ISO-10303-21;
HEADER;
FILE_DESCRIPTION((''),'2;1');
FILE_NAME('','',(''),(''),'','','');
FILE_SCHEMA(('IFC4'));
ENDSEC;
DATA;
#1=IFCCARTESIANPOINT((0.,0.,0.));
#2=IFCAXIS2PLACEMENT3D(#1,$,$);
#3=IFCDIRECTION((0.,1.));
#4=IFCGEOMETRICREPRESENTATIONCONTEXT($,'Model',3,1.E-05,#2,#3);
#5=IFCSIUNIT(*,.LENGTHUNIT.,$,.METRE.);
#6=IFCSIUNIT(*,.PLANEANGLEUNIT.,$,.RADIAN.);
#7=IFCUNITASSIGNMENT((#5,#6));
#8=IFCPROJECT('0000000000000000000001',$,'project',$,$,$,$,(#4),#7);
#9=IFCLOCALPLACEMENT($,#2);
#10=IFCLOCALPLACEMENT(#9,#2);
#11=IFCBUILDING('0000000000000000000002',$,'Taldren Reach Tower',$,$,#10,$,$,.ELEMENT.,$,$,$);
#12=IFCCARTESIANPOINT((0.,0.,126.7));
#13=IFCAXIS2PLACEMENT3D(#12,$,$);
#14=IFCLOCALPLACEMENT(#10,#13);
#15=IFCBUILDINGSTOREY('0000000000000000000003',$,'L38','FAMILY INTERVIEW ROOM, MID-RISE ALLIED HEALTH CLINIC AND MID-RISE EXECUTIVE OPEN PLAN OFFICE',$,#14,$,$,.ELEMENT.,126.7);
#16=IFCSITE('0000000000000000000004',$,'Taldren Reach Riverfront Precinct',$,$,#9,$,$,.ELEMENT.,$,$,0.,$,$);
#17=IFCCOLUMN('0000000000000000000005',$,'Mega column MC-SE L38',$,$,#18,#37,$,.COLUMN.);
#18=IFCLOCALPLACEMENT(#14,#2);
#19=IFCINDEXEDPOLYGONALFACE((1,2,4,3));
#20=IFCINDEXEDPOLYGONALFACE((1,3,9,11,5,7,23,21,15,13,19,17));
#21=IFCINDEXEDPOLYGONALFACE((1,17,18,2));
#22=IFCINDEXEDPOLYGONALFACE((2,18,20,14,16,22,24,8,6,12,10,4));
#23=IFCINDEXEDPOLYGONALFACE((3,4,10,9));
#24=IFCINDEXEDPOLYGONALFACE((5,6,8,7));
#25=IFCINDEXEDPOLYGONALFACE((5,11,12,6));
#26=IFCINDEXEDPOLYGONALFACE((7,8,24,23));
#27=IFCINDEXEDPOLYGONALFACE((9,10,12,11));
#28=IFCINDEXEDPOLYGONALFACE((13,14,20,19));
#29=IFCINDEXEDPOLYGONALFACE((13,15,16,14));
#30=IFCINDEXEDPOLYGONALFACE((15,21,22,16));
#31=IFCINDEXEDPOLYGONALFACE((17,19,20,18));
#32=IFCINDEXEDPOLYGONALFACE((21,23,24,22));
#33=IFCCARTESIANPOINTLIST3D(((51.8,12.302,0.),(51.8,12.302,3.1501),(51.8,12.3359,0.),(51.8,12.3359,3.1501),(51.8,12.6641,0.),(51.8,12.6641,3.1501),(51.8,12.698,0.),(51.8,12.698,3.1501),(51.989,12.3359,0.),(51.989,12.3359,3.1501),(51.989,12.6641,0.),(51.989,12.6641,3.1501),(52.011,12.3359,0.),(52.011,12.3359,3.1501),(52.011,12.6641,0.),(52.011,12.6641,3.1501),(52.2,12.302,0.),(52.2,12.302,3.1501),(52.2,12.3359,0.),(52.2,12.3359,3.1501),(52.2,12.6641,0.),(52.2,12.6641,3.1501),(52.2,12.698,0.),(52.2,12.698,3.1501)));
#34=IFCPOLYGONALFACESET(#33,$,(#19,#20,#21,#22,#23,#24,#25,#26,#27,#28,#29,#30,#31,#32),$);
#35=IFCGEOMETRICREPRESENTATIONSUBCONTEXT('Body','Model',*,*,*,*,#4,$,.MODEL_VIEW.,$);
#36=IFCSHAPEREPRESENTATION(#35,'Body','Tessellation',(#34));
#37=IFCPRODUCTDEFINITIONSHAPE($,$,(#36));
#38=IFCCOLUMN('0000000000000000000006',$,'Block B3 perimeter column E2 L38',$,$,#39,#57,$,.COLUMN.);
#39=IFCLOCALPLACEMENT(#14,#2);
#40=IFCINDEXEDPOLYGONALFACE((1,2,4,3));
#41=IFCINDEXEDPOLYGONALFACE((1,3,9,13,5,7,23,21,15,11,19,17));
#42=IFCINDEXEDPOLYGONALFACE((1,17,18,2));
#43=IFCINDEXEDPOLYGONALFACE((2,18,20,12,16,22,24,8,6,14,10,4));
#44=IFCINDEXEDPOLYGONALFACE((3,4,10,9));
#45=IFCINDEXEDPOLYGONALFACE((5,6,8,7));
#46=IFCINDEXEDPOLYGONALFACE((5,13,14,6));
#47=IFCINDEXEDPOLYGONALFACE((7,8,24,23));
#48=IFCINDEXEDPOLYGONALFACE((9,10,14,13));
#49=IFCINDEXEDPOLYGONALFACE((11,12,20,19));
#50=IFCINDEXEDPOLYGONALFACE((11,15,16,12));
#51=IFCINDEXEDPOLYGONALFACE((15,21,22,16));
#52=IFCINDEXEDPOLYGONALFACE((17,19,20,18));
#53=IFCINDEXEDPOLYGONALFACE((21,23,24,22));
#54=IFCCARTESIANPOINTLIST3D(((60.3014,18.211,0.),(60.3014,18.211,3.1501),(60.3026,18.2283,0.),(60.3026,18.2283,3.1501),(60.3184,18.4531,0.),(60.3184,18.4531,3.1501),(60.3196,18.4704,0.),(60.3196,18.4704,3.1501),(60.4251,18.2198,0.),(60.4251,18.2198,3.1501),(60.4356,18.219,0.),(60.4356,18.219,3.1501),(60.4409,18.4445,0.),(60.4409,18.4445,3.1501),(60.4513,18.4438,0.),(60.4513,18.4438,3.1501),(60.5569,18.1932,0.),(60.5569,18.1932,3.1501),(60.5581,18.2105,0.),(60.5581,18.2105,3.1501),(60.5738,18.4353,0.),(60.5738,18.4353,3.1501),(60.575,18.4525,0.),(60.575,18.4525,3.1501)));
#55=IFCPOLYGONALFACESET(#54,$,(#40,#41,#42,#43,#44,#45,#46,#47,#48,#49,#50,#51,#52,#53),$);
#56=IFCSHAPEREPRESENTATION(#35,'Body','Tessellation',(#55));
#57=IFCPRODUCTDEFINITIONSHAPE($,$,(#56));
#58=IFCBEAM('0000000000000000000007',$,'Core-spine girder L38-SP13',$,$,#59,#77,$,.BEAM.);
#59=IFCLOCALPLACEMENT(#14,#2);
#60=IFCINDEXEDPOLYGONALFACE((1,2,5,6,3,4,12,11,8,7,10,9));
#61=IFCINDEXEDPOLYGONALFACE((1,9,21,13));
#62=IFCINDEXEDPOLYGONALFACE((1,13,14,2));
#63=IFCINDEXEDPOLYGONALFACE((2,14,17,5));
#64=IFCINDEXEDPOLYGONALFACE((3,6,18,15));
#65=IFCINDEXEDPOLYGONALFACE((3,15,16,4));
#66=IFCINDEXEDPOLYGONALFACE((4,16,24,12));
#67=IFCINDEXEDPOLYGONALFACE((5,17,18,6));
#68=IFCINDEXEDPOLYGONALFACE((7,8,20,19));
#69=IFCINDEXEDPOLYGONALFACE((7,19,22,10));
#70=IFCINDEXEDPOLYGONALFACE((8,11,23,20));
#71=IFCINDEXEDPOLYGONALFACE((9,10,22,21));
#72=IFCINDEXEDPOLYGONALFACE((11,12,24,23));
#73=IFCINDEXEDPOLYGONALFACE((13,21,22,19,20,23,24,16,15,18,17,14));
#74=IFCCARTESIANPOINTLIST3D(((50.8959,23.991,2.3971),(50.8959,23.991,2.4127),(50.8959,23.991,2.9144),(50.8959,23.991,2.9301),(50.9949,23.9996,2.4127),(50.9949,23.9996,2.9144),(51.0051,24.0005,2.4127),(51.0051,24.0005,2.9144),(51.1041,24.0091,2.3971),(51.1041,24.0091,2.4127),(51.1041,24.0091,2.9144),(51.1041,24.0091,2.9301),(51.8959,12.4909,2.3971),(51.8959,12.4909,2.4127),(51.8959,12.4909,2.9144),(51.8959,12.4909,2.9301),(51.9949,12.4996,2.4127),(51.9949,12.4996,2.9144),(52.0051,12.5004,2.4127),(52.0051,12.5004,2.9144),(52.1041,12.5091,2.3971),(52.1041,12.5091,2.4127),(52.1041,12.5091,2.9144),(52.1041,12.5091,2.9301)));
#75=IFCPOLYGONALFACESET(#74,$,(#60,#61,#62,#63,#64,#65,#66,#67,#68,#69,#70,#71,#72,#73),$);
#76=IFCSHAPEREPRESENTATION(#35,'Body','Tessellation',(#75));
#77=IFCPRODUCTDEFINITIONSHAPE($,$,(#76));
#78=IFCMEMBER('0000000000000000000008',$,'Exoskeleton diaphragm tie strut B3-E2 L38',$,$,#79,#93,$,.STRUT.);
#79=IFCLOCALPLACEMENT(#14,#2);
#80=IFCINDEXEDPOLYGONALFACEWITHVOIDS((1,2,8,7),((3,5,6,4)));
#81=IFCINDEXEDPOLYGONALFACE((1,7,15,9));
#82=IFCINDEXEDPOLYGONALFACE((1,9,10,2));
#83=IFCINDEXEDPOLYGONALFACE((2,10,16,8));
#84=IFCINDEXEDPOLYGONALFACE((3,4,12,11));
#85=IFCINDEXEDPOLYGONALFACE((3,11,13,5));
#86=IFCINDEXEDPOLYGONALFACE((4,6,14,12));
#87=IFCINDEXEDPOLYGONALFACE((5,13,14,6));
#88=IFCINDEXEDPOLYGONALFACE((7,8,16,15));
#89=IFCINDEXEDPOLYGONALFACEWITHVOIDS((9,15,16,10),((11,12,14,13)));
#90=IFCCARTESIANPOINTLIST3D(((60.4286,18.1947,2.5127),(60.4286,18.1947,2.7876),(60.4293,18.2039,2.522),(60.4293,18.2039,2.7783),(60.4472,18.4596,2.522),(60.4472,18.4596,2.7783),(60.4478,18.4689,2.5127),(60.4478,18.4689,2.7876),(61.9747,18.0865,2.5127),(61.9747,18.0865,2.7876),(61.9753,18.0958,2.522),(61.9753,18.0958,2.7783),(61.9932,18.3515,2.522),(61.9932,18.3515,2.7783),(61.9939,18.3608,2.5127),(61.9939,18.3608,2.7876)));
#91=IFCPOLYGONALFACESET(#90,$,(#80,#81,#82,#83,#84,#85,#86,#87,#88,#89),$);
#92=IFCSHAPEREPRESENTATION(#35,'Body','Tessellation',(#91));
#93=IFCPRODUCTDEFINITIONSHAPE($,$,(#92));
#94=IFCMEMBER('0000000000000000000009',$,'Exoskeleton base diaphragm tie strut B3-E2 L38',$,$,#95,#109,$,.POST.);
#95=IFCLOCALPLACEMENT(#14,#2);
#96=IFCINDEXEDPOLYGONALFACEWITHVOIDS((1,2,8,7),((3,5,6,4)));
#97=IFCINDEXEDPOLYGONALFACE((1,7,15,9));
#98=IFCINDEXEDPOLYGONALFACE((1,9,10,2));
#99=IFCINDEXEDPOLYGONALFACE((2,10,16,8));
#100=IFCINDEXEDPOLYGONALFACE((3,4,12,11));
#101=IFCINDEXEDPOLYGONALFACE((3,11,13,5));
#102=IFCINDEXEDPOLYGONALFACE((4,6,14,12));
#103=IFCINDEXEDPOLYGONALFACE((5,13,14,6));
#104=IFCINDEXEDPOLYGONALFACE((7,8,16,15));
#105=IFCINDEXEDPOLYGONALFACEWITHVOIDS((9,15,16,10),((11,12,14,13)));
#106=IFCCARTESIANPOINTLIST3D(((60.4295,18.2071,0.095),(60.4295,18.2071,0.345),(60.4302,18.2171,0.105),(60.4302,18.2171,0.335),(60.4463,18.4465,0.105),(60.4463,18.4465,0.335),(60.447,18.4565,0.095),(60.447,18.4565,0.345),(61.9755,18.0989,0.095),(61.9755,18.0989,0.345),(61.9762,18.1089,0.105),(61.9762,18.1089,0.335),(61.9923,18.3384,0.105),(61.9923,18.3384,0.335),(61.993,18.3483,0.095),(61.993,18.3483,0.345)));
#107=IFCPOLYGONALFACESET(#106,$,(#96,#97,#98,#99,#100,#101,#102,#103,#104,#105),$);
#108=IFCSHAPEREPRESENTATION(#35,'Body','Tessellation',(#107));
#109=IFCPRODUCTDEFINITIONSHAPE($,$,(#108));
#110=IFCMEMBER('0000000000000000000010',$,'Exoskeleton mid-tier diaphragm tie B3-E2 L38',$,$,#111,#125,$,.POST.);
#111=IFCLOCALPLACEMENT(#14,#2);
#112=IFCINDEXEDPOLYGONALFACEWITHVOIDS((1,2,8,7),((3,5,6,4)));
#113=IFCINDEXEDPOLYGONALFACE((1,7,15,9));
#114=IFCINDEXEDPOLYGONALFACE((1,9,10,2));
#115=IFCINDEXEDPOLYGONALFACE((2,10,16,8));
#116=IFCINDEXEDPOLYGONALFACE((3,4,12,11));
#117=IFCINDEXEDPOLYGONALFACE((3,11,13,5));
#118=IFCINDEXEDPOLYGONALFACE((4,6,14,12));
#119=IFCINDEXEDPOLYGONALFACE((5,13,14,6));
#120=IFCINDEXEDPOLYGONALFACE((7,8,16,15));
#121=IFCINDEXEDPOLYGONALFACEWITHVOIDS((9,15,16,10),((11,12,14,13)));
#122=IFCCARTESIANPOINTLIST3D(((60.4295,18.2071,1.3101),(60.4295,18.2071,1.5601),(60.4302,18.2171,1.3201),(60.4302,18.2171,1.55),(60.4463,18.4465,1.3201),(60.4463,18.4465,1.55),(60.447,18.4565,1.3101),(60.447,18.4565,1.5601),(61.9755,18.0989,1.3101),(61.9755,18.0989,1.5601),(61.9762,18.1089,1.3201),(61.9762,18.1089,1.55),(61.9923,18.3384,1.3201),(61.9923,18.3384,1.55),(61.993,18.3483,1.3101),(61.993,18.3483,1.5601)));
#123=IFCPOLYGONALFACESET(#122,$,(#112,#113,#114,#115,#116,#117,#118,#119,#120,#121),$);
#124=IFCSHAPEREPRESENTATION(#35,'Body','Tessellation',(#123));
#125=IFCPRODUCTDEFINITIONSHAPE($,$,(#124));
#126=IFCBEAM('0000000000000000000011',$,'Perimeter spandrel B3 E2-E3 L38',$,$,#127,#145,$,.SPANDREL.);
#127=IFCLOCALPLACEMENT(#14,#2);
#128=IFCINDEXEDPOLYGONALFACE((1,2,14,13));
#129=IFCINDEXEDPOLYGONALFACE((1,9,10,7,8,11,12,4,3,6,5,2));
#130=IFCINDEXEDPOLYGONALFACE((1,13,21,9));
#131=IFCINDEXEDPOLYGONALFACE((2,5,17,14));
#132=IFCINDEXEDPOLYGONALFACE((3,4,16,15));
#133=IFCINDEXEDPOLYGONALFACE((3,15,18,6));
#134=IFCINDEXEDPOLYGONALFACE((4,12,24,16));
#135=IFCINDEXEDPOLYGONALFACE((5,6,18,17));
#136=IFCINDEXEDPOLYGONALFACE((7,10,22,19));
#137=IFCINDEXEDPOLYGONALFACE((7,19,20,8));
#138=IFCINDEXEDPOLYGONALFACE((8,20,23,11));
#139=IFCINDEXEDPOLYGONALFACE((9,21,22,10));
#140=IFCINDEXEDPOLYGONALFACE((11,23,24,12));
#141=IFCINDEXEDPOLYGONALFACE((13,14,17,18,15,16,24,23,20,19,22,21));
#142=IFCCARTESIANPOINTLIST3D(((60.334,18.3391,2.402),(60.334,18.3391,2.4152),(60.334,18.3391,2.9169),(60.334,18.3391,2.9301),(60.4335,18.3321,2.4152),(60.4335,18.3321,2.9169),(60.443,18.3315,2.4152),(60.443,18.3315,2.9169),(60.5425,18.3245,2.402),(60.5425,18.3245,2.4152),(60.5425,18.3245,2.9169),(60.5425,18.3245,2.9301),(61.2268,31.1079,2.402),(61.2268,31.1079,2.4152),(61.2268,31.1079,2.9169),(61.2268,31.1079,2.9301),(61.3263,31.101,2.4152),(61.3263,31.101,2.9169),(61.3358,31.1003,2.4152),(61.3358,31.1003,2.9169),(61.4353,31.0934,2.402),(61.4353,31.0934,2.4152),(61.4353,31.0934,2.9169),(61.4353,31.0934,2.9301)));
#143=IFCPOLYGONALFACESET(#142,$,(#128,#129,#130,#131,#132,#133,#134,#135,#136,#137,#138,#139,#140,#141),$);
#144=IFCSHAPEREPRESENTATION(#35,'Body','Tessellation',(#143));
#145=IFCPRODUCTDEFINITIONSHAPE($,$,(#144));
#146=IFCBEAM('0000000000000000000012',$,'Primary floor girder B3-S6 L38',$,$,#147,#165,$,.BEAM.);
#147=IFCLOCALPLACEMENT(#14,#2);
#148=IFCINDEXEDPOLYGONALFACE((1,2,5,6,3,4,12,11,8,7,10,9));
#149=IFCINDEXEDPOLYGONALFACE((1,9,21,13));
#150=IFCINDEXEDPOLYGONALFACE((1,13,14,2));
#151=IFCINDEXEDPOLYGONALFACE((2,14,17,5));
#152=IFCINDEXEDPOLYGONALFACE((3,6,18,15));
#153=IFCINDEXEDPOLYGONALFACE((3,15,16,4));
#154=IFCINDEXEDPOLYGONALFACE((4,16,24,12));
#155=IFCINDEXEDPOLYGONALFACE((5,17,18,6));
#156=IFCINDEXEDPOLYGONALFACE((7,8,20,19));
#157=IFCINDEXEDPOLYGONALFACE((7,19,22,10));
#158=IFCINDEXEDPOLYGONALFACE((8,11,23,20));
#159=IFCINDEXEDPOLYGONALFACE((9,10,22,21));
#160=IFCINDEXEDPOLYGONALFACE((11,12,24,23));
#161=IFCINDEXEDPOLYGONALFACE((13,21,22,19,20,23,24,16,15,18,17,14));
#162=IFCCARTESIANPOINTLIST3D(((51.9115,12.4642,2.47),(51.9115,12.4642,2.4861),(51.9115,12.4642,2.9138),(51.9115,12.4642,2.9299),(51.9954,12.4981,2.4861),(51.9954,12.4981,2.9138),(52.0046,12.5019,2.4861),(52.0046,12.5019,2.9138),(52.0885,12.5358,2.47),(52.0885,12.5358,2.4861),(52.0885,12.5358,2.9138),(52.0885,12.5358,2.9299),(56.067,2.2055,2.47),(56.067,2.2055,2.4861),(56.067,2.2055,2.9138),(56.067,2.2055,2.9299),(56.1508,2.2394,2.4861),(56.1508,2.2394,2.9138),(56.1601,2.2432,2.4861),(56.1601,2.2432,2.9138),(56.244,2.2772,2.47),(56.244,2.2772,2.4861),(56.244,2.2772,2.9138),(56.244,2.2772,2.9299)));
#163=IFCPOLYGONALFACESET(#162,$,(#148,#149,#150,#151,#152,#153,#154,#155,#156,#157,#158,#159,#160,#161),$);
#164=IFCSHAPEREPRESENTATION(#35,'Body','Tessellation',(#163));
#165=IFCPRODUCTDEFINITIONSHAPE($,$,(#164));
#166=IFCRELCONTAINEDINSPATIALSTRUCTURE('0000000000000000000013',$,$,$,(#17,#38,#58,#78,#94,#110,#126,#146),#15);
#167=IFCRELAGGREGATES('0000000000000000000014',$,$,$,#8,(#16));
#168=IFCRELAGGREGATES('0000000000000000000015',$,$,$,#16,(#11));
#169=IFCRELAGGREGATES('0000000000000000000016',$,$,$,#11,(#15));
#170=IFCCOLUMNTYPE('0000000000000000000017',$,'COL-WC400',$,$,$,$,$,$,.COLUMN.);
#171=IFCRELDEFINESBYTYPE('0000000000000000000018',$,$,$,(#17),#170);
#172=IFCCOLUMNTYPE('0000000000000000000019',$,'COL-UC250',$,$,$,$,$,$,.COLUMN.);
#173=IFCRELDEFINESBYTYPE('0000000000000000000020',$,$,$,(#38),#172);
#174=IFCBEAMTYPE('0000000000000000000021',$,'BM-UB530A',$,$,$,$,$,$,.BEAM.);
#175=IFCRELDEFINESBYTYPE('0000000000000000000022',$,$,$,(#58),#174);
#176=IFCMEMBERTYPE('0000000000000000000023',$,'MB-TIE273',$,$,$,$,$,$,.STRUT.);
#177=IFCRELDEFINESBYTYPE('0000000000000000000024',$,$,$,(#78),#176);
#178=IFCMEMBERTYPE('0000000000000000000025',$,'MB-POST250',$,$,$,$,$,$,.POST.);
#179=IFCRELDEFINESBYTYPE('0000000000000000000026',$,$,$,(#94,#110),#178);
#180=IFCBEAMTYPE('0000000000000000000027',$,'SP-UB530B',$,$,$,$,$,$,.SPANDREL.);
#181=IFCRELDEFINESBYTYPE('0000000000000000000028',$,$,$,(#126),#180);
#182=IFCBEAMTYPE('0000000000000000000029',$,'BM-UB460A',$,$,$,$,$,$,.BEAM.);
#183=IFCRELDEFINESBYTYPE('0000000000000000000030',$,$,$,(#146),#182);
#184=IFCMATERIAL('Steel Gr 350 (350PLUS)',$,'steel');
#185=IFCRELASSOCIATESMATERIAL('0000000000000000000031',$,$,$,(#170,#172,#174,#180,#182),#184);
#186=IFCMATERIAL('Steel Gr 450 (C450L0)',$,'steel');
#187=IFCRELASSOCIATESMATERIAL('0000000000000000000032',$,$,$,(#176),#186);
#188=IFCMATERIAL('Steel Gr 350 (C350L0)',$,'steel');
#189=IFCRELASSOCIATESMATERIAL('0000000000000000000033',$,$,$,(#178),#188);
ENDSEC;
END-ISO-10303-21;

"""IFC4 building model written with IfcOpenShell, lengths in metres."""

from ifc_helpers import new_model, si_unit, direction, frame, origin, origin_2d, place, context, subcontext, project, spatial, hollow_rectangle, i_section, extrude, source, transform, mapped, material, material_profile, profile_set, type_object, element, save


model = new_model("IFC4")

# Units and contexts
model_context = context("Model", 3, precision=1e-05, world=origin(), true_north=direction((0.0, 1.0)))
body_context = subcontext(model_context, "Body", "Model", "MODEL_VIEW")
ifc_project = project(units=[si_unit("LENGTHUNIT", "METRE"), si_unit("PLANEANGLEUNIT", "RADIAN")], contexts=[model_context])

# Site, building, storey
site_placement = place(None, origin())
site = spatial("IfcSite", under=ifc_project, at=site_placement, Name="Taldren Reach Riverfront Precinct", CompositionType="ELEMENT", RefElevation=0.0)
building_placement = place(site_placement, origin())
building = spatial("IfcBuilding", under=site, at=building_placement, Name="Taldren Reach Tower", CompositionType="ELEMENT")
storey_placement = place(building_placement, frame((0.0, 0.0, 126.7)))
storey = spatial("IfcBuildingStorey", under=building, at=storey_placement, Name="L38", Description="FAMILY INTERVIEW ROOM, MID-RISE ALLIED HEALTH CLINIC AND MID-RISE EXECUTIVE OPEN PLAN OFFICE", CompositionType="ELEMENT", Elevation=126.7)

# Columns
ifc_material_1 = material(Name="Steel Gr 350 (350PLUS)", Category="steel")
ifc_material_profile_1 = material_profile(ifc_material_1, i_section(OverallWidth=0.3999, OverallDepth=0.396, WebThickness=0.022, FlangeThickness=0.0339, at=origin_2d()), Name="400WC270")
ifc_profile_set_1 = profile_set([ifc_material_profile_1], Name="Steel Gr 350 (350PLUS)")
column_type_1 = type_object("IfcColumnType", Name="COL-WC400", PredefinedType="COLUMN", material=ifc_profile_set_1)
shared_shape_1 = source(origin(), body_context, "Body", "SweptSolid", [
    extrude(i_section(OverallWidth=0.3999, OverallDepth=0.396, WebThickness=0.022, FlangeThickness=0.0339, at=origin_2d()), origin(), (0.0, 0.0, 1.0), 3.1501),
])
column_1_placement = place(storey_placement, frame((52.0, 12.5, 0.0), z_axis=(0.0, 0.0, 1.0), x_axis=(1.0, 0.0, 0.0)))
element("IfcColumn", 1, at=column_1_placement, inside=storey, type_object=column_type_1, Name="Mega column MC-SE L38", PredefinedType="COLUMN", context=body_context, shape_type="MappedRepresentation", body=[
    mapped(shared_shape_1, transform((0.0, 0.0, 0.0), scale=1.0)),
])
ifc_material_profile_2 = material_profile(ifc_material_1, i_section(OverallWidth=0.2561, OverallDepth=0.26, WebThickness=0.0105, FlangeThickness=0.0173, at=origin_2d()), Name="250UC89.5")
ifc_profile_set_2 = profile_set([ifc_material_profile_2], Name="Steel Gr 350 (350PLUS)")
column_type_2 = type_object("IfcColumnType", Name="COL-UC250", PredefinedType="COLUMN", material=ifc_profile_set_2)
shared_shape_2 = source(origin(), body_context, "Body", "SweptSolid", [
    extrude(i_section(OverallWidth=0.2561, OverallDepth=0.26, WebThickness=0.0105, FlangeThickness=0.0173, at=origin_2d()), origin(), (0.0, 0.0, 1.0), 3.1501),
])
column_2_placement = place(storey_placement, frame((60.4382, 18.3318, 0.0), z_axis=(0.0, 0.0, 1.0), x_axis=(0.997564, -0.069756, 0.0)))
element("IfcColumn", 2, at=column_2_placement, inside=storey, type_object=column_type_2, Name="Block B3 perimeter column E2 L38", PredefinedType="COLUMN", context=body_context, shape_type="MappedRepresentation", body=[
    mapped(shared_shape_2, transform((0.0, 0.0, 0.0), scale=1.0)),
])

# Beam
ifc_material_profile_3 = material_profile(ifc_material_1, i_section(OverallWidth=0.209, OverallDepth=0.533, WebThickness=0.0103, FlangeThickness=0.0156, at=origin_2d()), Name="530UB92.4")
ifc_profile_set_3 = profile_set([ifc_material_profile_3], Name="Steel Gr 350 (350PLUS)")
beam_type_1 = type_object("IfcBeamType", Name="BM-UB530A", PredefinedType="BEAM", material=ifc_profile_set_3)
shared_shape_3 = source(origin(), body_context, "Body", "SweptSolid", [
    extrude(i_section(OverallWidth=0.209, OverallDepth=0.533, WebThickness=0.0103, FlangeThickness=0.0156, at=origin_2d()), origin(), (0.0, 0.0, 1.0), 11.5435),
])
beam_1_placement = place(storey_placement, frame((52.0, 12.5, 2.6636), z_axis=(-0.08663, 0.996241, 0.0), x_axis=(-0.996241, -0.08663, 0.0)))
element("IfcBeam", 3, at=beam_1_placement, inside=storey, type_object=beam_type_1, Name="Core-spine girder L38-SP13", PredefinedType="BEAM", context=body_context, shape_type="MappedRepresentation", body=[
    mapped(shared_shape_3, transform((0.0, 0.0, 0.0), scale=1.0)),
])

# Members
ifc_material_2 = material(Name="Steel Gr 450 (C450L0)", Category="steel")
ifc_material_profile_4 = material_profile(ifc_material_2, hollow_rectangle(XDim=0.2749, YDim=0.2749, WallThickness=0.0093, at=origin_2d()), Name="275x275x9.3SHS")
ifc_profile_set_4 = profile_set([ifc_material_profile_4], Name="Steel Gr 450 (C450L0)")
member_type_1 = type_object("IfcMemberType", Name="MB-TIE273", PredefinedType="STRUT", material=ifc_profile_set_4)
shared_shape_4 = source(origin(), body_context, "Body", "SweptSolid", [
    extrude(hollow_rectangle(XDim=0.2749, YDim=0.2749, WallThickness=0.0093, at=origin_2d()), origin(), (0.0, 0.0, 1.0), 1.5498),
])
member_1_placement = place(storey_placement, frame((60.4382, 18.3318, 2.6501), z_axis=(0.997562, -0.069781, 0.0), x_axis=(0.069781, 0.997562, 0.0)))
element("IfcMember", 4, at=member_1_placement, inside=storey, type_object=member_type_1, Name="Exoskeleton diaphragm tie strut B3-E2 L38", PredefinedType="STRUT", context=body_context, shape_type="MappedRepresentation", body=[
    mapped(shared_shape_4, transform((0.0, 0.0, 0.0), scale=1.0)),
])
ifc_material_3 = material(Name="Steel Gr 350 (C350L0)", Category="steel")
ifc_material_profile_5 = material_profile(ifc_material_3, hollow_rectangle(XDim=0.25, YDim=0.25, WallThickness=0.01, at=origin_2d()), Name="250x250x10.0SHS")
ifc_profile_set_5 = profile_set([ifc_material_profile_5], Name="Steel Gr 350 (C350L0)")
member_type_2 = type_object("IfcMemberType", Name="MB-POST250", PredefinedType="POST", material=ifc_profile_set_5)
shared_shape_5 = source(origin(), body_context, "Body", "SweptSolid", [
    extrude(hollow_rectangle(XDim=0.25, YDim=0.25, WallThickness=0.01, at=origin_2d()), origin(), (0.0, 0.0, 1.0), 1.5498),
])
for number, where, z_axis, x_axis, name in (
    (5, (60.4382, 18.3318, 0.22), (0.997562, -0.069781, 0.0), (0.069781, 0.997562, 0.0), "Exoskeleton base diaphragm tie strut B3-E2 L38"),
    (6, (60.4382, 18.3318, 1.4351), (0.997562, -0.069781, 0.0), (0.069781, 0.997562, 0.0), "Exoskeleton mid-tier diaphragm tie B3-E2 L38"),
):
    element("IfcMember", number, at=place(storey_placement, frame(where, z_axis=z_axis, x_axis=x_axis)), inside=storey, type_object=member_type_2, Name=name, PredefinedType="POST", context=body_context, shape_type="MappedRepresentation", body=[
        mapped(shared_shape_5, transform((0.0, 0.0, 0.0), scale=1.0)),
    ])

# Beams
ifc_material_profile_6 = material_profile(ifc_material_1, i_section(OverallWidth=0.209, OverallDepth=0.5281, WebThickness=0.0095, FlangeThickness=0.0132, at=origin_2d()), Name="530UB82.0")
ifc_profile_set_6 = profile_set([ifc_material_profile_6], Name="Steel Gr 350 (350PLUS)")
beam_type_2 = type_object("IfcBeamType", Name="SP-UB530B", PredefinedType="SPANDREL", material=ifc_profile_set_6)
shared_shape_6 = source(origin(), body_context, "Body", "SweptSolid", [
    extrude(i_section(OverallWidth=0.209, OverallDepth=0.5281, WebThickness=0.0095, FlangeThickness=0.0132, at=origin_2d()), origin(), (0.0, 0.0, 1.0), 12.8),
])
beam_2_placement = place(storey_placement, frame((60.4382, 18.3318, 2.666), z_axis=(0.069752, 0.997564, 0.0), x_axis=(-0.997564, 0.069752, 0.0)))
element("IfcBeam", 7, at=beam_2_placement, inside=storey, type_object=beam_type_2, Name="Perimeter spandrel B3 E2-E3 L38", PredefinedType="SPANDREL", context=body_context, shape_type="MappedRepresentation", body=[
    mapped(shared_shape_6, transform((0.0, 0.0, 0.0), scale=1.0)),
])
ifc_material_profile_7 = material_profile(ifc_material_1, i_section(OverallWidth=0.1909, OverallDepth=0.46, WebThickness=0.01, FlangeThickness=0.0161, at=origin_2d()), Name="460UB82.1")
ifc_profile_set_7 = profile_set([ifc_material_profile_7], Name="Steel Gr 350 (350PLUS)")
beam_type_3 = type_object("IfcBeamType", Name="BM-UB460A", PredefinedType="BEAM", material=ifc_profile_set_7)
shared_shape_7 = source(origin(), body_context, "Body", "SweptSolid", [
    extrude(i_section(OverallWidth=0.1909, OverallDepth=0.46, WebThickness=0.01, FlangeThickness=0.0161, at=origin_2d()), origin(), (0.0, 0.0, 1.0), 11.0684),
])
beam_3_placement = place(storey_placement, frame((52.0, 12.5, 2.7), z_axis=(0.375437, -0.926848, 0.0), x_axis=(0.926848, 0.375437, 0.0)))
element("IfcBeam", 8, at=beam_3_placement, inside=storey, type_object=beam_type_3, Name="Primary floor girder B3-S6 L38", PredefinedType="BEAM", context=body_context, shape_type="MappedRepresentation", body=[
    mapped(shared_shape_7, transform((0.0, 0.0, 0.0), scale=1.0)),
])

save(model, "model.ifc")
